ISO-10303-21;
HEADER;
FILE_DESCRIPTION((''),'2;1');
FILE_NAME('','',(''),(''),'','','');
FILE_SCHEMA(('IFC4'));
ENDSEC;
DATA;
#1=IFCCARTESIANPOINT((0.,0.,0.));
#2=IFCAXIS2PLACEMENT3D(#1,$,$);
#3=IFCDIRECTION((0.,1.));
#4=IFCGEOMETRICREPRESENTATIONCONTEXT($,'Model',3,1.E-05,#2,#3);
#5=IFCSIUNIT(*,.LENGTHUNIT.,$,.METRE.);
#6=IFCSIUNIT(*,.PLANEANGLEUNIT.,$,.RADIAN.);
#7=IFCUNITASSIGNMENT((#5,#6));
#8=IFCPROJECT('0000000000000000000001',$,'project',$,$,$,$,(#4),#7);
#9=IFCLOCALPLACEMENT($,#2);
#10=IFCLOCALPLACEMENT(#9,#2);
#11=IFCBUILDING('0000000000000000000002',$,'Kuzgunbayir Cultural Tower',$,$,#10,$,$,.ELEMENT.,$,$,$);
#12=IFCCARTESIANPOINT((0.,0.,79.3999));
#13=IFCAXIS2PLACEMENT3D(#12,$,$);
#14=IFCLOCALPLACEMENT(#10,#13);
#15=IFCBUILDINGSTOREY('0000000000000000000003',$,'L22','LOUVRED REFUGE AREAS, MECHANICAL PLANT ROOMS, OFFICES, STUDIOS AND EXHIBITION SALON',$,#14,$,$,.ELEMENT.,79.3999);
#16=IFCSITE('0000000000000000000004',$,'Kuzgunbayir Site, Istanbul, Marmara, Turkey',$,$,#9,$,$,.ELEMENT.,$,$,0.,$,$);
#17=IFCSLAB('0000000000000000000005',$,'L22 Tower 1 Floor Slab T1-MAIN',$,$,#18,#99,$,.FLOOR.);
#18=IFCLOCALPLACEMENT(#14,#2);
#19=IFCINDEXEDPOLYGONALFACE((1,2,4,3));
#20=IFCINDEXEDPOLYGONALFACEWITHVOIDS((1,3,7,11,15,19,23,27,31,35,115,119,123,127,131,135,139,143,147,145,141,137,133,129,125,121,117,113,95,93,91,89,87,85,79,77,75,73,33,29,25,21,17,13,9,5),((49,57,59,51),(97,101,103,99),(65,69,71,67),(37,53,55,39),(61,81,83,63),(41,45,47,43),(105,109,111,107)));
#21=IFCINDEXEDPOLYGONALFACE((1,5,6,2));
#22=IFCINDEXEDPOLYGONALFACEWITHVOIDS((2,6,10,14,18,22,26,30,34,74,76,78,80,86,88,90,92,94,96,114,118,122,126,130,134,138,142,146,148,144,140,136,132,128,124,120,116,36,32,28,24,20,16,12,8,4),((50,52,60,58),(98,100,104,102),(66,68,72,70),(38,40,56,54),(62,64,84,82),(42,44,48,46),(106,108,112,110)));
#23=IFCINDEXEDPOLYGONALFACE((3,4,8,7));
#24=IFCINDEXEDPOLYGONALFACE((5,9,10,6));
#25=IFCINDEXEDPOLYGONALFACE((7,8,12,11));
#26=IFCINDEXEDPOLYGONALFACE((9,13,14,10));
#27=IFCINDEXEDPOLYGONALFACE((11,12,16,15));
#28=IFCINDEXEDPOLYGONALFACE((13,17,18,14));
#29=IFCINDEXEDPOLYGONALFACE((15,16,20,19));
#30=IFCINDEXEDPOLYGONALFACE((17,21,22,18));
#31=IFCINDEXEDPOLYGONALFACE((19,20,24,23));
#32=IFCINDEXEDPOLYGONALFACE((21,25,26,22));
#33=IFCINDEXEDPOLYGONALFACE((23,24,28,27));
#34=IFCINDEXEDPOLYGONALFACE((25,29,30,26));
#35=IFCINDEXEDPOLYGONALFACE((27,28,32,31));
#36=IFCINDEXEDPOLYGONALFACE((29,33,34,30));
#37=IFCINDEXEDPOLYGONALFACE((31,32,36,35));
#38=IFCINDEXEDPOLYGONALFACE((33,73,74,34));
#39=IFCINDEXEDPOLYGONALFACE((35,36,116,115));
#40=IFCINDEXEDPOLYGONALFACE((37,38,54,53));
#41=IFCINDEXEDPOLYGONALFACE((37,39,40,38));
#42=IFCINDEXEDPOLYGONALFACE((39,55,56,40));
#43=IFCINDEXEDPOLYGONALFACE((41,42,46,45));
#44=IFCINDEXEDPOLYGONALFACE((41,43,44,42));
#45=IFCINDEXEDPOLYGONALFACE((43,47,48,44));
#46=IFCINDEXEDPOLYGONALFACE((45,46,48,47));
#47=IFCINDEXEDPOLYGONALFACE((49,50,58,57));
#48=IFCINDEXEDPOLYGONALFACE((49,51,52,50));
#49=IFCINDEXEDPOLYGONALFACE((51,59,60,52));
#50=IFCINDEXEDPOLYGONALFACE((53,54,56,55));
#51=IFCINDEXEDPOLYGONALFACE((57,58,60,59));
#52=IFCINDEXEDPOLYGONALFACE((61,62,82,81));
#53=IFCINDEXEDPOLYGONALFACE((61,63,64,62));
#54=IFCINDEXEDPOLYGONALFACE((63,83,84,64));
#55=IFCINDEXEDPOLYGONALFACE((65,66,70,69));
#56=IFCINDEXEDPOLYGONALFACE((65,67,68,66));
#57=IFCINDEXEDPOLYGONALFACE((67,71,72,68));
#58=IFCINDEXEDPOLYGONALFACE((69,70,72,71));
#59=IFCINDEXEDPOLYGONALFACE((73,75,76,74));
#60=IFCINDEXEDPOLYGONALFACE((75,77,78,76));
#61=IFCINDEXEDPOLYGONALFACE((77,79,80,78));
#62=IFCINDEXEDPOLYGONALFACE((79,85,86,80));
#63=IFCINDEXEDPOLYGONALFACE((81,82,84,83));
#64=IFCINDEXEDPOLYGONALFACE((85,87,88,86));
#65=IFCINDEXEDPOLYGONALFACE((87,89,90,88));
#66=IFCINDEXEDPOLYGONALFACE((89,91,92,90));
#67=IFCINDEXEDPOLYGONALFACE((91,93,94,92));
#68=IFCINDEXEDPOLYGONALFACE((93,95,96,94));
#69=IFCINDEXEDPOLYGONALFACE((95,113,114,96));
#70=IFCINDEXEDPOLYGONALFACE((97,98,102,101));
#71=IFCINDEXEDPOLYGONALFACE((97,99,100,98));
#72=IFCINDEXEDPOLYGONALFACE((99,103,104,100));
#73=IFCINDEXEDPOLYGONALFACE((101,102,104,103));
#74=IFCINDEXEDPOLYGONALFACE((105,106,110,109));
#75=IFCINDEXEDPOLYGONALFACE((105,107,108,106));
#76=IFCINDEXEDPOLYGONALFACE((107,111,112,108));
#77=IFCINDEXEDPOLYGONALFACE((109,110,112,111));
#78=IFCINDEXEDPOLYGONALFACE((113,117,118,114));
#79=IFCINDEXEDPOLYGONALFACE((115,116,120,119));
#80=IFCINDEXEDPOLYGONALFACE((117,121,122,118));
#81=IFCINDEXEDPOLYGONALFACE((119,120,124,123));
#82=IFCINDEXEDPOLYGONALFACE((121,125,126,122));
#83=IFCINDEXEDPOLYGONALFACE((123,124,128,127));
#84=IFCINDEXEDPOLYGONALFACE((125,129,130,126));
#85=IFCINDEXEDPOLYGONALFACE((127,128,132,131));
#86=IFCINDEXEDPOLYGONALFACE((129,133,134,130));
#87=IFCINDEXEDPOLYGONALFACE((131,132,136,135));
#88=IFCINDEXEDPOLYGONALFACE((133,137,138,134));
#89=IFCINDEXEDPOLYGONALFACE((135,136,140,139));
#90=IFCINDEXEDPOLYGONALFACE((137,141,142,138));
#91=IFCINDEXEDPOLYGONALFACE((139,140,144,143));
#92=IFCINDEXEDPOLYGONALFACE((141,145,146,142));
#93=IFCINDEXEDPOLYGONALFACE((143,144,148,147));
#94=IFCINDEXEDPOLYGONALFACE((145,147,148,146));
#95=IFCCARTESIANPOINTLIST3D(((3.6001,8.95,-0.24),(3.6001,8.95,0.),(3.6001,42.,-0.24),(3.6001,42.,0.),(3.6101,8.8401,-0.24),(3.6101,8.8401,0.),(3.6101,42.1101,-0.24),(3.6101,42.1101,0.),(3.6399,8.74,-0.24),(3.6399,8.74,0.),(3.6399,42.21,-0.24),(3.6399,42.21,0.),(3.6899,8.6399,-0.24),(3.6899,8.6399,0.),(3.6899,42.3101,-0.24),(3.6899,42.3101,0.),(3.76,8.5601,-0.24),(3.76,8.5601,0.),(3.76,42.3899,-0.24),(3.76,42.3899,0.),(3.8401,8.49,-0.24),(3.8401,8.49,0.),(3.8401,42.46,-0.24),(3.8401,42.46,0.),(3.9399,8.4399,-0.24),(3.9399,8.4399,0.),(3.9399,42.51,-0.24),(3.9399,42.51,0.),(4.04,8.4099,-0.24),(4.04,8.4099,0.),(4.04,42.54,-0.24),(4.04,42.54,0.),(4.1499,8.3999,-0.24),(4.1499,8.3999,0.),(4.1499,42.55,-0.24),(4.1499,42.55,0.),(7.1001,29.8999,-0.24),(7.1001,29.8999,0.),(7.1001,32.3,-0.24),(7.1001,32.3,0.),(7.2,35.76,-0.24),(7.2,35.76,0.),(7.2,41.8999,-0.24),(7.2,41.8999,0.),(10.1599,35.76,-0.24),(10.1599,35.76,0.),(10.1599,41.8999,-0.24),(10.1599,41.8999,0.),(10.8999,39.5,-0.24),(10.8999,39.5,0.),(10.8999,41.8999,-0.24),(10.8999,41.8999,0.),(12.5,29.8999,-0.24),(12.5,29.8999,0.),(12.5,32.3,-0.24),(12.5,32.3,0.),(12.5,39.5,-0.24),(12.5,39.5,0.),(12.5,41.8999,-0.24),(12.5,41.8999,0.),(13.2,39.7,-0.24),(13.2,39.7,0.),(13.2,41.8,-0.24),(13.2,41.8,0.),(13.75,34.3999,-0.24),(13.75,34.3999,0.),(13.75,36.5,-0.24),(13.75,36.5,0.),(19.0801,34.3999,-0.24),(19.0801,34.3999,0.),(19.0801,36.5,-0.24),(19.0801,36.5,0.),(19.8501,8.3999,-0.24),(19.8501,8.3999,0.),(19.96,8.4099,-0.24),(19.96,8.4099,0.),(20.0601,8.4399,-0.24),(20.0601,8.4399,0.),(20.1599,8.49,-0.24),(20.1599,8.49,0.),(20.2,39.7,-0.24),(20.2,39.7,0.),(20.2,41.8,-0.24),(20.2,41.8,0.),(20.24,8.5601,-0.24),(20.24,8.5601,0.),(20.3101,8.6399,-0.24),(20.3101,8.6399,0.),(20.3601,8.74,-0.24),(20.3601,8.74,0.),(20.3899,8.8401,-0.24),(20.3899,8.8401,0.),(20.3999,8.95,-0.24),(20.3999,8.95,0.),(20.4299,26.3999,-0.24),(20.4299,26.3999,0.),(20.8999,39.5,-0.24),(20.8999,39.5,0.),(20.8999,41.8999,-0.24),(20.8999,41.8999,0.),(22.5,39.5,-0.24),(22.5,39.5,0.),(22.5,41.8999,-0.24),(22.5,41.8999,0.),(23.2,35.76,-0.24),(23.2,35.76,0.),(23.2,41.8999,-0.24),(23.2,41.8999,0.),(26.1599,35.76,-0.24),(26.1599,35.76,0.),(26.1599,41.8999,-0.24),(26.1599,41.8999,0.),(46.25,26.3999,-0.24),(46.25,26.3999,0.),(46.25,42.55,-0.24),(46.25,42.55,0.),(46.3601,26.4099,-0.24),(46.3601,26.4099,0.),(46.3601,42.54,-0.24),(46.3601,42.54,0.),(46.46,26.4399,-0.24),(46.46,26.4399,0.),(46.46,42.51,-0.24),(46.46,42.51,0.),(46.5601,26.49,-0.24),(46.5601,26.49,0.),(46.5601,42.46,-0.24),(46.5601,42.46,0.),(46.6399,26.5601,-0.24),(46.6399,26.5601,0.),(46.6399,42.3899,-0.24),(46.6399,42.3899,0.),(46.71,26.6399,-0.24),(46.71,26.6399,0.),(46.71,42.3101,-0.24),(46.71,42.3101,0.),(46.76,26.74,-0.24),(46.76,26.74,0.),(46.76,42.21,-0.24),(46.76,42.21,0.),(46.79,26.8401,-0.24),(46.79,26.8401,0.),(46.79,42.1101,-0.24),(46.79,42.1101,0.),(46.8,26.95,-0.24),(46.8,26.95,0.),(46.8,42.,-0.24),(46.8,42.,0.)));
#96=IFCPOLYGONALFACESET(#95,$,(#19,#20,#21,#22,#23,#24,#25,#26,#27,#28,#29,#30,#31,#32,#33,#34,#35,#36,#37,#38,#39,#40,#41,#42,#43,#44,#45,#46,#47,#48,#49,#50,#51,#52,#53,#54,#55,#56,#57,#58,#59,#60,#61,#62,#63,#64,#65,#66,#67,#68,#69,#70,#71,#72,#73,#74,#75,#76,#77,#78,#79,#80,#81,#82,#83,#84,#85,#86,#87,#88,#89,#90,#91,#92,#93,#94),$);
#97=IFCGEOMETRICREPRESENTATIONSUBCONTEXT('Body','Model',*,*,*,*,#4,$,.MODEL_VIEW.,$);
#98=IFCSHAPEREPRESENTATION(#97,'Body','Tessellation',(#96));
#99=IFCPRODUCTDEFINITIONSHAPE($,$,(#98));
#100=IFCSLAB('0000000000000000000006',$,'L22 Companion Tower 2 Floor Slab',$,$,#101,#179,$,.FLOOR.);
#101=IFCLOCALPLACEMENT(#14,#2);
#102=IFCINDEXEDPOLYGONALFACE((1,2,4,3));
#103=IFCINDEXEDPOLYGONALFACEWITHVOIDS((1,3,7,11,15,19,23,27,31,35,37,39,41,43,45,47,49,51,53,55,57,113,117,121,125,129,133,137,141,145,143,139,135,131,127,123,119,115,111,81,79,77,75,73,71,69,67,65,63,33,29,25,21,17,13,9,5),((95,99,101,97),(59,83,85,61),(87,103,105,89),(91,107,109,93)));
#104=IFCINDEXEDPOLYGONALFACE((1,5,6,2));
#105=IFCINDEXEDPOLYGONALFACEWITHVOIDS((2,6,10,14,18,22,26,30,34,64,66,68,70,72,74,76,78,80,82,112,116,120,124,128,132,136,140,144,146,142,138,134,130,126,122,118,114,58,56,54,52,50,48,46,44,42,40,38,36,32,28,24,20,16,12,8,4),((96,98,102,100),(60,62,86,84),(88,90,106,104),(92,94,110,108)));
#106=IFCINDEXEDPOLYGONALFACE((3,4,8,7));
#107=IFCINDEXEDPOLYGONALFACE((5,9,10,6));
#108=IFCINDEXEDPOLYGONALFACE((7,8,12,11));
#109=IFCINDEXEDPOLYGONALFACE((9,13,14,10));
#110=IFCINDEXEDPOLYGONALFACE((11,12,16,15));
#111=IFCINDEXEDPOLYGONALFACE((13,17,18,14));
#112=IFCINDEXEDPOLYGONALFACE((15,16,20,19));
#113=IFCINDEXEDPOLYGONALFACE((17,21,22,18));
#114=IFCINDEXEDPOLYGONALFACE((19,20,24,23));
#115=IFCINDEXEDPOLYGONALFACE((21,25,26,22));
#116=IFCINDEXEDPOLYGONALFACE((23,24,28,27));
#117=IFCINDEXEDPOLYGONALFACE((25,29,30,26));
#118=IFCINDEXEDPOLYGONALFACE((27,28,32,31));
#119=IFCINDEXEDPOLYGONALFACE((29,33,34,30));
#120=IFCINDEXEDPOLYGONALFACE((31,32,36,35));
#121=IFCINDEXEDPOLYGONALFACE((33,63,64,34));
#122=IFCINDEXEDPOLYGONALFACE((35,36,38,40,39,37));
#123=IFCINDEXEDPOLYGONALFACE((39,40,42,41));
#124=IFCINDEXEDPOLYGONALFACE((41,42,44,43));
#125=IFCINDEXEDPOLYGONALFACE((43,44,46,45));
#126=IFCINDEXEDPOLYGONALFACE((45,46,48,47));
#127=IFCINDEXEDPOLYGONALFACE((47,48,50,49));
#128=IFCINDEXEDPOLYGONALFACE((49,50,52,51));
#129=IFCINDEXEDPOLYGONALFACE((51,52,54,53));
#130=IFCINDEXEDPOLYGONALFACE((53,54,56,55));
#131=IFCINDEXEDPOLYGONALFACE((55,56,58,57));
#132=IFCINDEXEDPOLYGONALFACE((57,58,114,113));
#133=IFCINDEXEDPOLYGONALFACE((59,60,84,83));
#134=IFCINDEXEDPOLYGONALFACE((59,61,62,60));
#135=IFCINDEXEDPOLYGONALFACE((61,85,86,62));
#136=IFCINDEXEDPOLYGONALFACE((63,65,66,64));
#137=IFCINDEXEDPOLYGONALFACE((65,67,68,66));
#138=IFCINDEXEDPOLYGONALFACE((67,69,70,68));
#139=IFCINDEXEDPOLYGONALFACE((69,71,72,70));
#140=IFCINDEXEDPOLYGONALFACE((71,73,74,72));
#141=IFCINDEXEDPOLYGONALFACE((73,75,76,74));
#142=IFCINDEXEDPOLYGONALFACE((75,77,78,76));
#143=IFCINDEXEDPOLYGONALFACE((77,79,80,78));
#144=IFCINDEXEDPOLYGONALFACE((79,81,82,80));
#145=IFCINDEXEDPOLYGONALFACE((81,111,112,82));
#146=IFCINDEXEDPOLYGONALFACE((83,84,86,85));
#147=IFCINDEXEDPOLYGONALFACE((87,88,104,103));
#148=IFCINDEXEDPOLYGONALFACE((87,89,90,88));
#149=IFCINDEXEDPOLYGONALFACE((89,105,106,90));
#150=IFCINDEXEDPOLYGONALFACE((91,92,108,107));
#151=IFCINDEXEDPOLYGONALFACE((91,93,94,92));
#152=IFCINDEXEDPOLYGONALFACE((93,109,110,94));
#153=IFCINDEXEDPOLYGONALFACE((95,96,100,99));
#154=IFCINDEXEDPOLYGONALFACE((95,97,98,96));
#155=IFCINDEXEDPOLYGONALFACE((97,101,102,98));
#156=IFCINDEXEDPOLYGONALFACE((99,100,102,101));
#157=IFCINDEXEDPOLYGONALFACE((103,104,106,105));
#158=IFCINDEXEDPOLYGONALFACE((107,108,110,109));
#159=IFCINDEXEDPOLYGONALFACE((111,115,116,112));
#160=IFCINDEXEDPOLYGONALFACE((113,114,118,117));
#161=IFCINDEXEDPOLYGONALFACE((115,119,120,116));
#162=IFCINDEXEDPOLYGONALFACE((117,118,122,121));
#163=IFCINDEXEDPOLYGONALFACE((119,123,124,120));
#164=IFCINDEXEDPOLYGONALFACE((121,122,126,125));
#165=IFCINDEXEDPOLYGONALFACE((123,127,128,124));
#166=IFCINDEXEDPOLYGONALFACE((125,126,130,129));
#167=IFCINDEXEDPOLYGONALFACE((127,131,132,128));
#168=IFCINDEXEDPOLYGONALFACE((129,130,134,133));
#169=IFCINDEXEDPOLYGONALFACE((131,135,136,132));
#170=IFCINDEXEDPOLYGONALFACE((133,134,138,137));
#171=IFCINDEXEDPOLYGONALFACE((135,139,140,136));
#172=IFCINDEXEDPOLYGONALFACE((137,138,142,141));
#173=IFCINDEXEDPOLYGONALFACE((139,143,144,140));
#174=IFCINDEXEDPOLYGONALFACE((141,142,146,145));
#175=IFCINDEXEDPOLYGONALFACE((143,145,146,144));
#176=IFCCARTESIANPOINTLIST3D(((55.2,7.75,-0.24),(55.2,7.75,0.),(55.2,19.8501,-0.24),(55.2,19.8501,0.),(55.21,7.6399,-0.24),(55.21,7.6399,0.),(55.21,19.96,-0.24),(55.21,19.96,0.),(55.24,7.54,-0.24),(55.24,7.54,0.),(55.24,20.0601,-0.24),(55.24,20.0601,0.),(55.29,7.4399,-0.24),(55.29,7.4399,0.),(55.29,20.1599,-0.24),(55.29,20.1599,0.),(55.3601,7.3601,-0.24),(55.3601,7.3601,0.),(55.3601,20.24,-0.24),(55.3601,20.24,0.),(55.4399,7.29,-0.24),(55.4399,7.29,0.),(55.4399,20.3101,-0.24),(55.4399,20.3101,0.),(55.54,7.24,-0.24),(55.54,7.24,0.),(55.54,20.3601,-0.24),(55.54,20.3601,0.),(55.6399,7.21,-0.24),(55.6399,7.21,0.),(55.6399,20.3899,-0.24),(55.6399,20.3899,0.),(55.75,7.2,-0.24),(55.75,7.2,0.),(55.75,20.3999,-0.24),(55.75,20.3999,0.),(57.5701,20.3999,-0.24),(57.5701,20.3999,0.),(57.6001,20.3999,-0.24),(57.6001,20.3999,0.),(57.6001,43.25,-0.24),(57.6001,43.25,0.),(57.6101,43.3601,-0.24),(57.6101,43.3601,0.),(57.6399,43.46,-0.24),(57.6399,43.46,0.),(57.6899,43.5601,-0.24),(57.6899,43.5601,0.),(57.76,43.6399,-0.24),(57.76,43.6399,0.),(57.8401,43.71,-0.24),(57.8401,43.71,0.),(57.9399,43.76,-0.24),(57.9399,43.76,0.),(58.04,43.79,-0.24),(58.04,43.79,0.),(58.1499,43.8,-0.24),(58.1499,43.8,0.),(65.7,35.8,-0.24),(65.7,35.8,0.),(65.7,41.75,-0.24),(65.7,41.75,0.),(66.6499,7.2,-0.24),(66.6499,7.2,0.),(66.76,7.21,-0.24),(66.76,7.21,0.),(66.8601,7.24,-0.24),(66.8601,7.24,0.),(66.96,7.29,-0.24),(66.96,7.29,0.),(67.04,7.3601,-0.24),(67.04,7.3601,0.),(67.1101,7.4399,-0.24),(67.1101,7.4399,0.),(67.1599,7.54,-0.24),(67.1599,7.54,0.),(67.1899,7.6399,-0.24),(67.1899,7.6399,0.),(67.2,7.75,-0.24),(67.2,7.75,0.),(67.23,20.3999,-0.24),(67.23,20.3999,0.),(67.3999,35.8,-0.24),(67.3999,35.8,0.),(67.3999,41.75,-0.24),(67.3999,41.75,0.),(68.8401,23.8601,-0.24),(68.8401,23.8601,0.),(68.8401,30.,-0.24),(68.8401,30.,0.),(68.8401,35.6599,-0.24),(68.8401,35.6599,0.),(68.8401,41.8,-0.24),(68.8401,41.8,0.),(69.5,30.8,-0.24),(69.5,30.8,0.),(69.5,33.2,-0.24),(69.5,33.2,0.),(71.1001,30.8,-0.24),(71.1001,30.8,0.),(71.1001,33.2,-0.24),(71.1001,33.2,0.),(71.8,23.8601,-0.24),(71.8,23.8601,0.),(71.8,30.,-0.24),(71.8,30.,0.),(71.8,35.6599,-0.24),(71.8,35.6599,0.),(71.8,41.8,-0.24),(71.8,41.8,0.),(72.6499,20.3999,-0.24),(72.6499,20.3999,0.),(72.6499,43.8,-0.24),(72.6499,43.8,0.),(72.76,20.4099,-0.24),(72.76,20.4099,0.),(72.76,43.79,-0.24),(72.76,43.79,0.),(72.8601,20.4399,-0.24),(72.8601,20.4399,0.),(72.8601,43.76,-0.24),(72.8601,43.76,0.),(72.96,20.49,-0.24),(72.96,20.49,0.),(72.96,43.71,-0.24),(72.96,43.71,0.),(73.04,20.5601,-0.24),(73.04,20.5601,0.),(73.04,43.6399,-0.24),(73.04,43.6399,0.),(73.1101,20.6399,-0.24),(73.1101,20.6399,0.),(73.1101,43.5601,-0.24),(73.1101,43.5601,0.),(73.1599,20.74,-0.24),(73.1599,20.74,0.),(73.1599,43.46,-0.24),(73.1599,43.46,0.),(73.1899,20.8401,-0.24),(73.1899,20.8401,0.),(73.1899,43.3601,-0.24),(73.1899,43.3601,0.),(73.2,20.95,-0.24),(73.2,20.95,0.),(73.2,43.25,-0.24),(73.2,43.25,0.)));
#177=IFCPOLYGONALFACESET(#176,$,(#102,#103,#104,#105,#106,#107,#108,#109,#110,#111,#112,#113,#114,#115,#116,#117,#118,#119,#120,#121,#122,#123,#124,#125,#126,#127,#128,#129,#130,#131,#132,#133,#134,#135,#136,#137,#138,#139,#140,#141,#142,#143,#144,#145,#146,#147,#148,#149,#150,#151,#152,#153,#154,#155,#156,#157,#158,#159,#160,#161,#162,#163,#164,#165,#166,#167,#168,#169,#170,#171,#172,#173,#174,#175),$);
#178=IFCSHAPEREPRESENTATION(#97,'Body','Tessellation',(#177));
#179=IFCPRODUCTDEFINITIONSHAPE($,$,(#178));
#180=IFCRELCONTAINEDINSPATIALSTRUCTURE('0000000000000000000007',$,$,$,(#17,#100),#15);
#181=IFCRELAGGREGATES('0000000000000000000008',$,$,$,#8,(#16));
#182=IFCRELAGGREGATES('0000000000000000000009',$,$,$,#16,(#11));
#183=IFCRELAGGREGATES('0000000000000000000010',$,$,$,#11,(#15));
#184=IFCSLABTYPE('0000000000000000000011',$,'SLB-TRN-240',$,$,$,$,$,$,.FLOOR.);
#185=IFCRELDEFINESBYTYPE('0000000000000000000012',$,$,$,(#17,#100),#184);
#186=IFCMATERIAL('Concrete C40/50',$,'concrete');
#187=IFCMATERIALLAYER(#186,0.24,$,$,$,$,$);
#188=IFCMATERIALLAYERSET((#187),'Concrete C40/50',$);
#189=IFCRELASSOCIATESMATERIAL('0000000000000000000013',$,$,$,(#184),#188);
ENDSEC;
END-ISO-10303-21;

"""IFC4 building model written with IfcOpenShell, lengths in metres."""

from ifc_helpers import new_model, si_unit, direction, frame, origin, place, context, subcontext, project, spatial, polyline, outline, extrude, material, layer, layer_set, type_object, element, save


model = new_model("IFC4")

# Units and contexts
model_context = context("Model", 3, precision=1e-05, world=origin(), true_north=direction((0.0, 1.0)))
body_context = subcontext(model_context, "Body", "Model", "MODEL_VIEW")
ifc_project = project(units=[si_unit("LENGTHUNIT", "METRE"), si_unit("PLANEANGLEUNIT", "RADIAN")], contexts=[model_context])

# Site, building, storey
site_placement = place(None, origin())
site = spatial("IfcSite", under=ifc_project, at=site_placement, Name="Kuzgunbayir Site, Istanbul, Marmara, Turkey", CompositionType="ELEMENT", RefElevation=0.0)
building_placement = place(site_placement, origin())
building = spatial("IfcBuilding", under=site, at=building_placement, Name="Kuzgunbayir Cultural Tower", CompositionType="ELEMENT")
storey_placement = place(building_placement, frame((0.0, 0.0, 79.3999)))
storey = spatial("IfcBuildingStorey", under=building, at=storey_placement, Name="L22", Description="LOUVRED REFUGE AREAS, MECHANICAL PLANT ROOMS, OFFICES, STUDIOS AND EXHIBITION SALON", CompositionType="ELEMENT", Elevation=79.3999)

# Shared definitions
ifc_material_1 = material(Name="Concrete C40/50", Category="concrete")

# Slabs
ifc_layer_1 = layer(ifc_material_1, 0.24)
ifc_layer_set_1 = layer_set([ifc_layer_1], Name="Concrete C40/50")
slab_type_1 = type_object("IfcSlabType", Name="SLB-TRN-240", PredefinedType="FLOOR", material=ifc_layer_set_1)
slab_1_placement = place(storey_placement, frame((0.0, 0.0, -0.24)))
element("IfcSlab", 1, at=slab_1_placement, inside=storey, type_object=slab_type_1, Name="L22 Tower 1 Floor Slab T1-MAIN", PredefinedType="FLOOR", context=body_context, shape_type="SweptSolid", body=[
    extrude(outline(polyline([(20.3999, 8.95), (20.3899, 8.8401), (20.3601, 8.74), (20.3101, 8.6399), (20.24, 8.5601), (20.1599, 8.49), (20.0601, 8.4399), (19.96, 8.4099), (19.8501, 8.3999), (4.1499, 8.3999), (4.04, 8.4099), (3.9399, 8.4399), (3.8401, 8.49), (3.76, 8.5601), (3.6899, 8.6399), (3.6399, 8.74), (3.6101, 8.8401), (3.6001, 8.95), (3.6001, 42.0), (3.6101, 42.1101), (3.6399, 42.21), (3.6899, 42.3101), (3.76, 42.3899), (3.8401, 42.46), (3.9399, 42.51), (4.04, 42.54), (4.1499, 42.55), (46.25, 42.55), (46.3601, 42.54), (46.46, 42.51), (46.5601, 42.46), (46.6399, 42.3899), (46.71, 42.3101), (46.76, 42.21), (46.79, 42.1101), (46.8, 42.0), (46.8, 26.95), (46.79, 26.8401), (46.76, 26.74), (46.71, 26.6399), (46.6399, 26.5601), (46.5601, 26.49), (46.46, 26.4399), (46.3601, 26.4099), (46.25, 26.3999), (20.4299, 26.3999), (20.3999, 8.95)]), holes=[polyline([(7.2, 35.76), (7.2, 41.8999), (10.1599, 41.8999), (10.1599, 35.76), (7.2, 35.76)]), polyline([(23.2, 35.76), (23.2, 41.8999), (26.1599, 41.8999), (26.1599, 35.76), (23.2, 35.76)]), polyline([(13.2, 39.7), (13.2, 41.8), (20.2, 41.8), (20.2, 39.7), (13.2, 39.7)]), polyline([(13.75, 34.3999), (13.75, 36.5), (19.0801, 36.5), (19.0801, 34.3999), (13.75, 34.3999)]), polyline([(7.1001, 29.8999), (7.1001, 32.3), (12.5, 32.3), (12.5, 29.8999), (7.1001, 29.8999)]), polyline([(10.8999, 39.5), (10.8999, 41.8999), (12.5, 41.8999), (12.5, 39.5), (10.8999, 39.5)]), polyline([(20.8999, 39.5), (20.8999, 41.8999), (22.5, 41.8999), (22.5, 39.5), (20.8999, 39.5)])]), origin(), (0.0, 0.0, 1.0), 0.24),
])
slab_2_placement = place(storey_placement, frame((0.0, 0.0, -0.24)))
element("IfcSlab", 2, at=slab_2_placement, inside=storey, type_object=slab_type_1, Name="L22 Companion Tower 2 Floor Slab", PredefinedType="FLOOR", context=body_context, shape_type="SweptSolid", body=[
    extrude(outline(polyline([(57.6001, 20.3999), (57.6001, 43.25), (57.6101, 43.3601), (57.6399, 43.46), (57.6899, 43.5601), (57.76, 43.6399), (57.8401, 43.71), (57.9399, 43.76), (58.04, 43.79), (58.1499, 43.8), (72.6499, 43.8), (72.76, 43.79), (72.8601, 43.76), (72.96, 43.71), (73.04, 43.6399), (73.1101, 43.5601), (73.1599, 43.46), (73.1899, 43.3601), (73.2, 43.25), (73.2, 20.95), (73.1899, 20.8401), (73.1599, 20.74), (73.1101, 20.6399), (73.04, 20.5601), (72.96, 20.49), (72.8601, 20.4399), (72.76, 20.4099), (72.6499, 20.3999), (67.23, 20.3999), (67.2, 7.75), (67.1899, 7.6399), (67.1599, 7.54), (67.1101, 7.4399), (67.04, 7.3601), (66.96, 7.29), (66.8601, 7.24), (66.76, 7.21), (66.6499, 7.2), (55.75, 7.2), (55.6399, 7.21), (55.54, 7.24), (55.4399, 7.29), (55.3601, 7.3601), (55.29, 7.4399), (55.24, 7.54), (55.21, 7.6399), (55.2, 7.75), (55.2, 19.8501), (55.21, 19.96), (55.24, 20.0601), (55.29, 20.1599), (55.3601, 20.24), (55.4399, 20.3101), (55.54, 20.3601), (55.6399, 20.3899), (55.75, 20.3999), (57.5701, 20.3999), (57.6001, 20.3999)]), holes=[polyline([(68.8401, 23.8601), (68.8401, 30.0), (71.8, 30.0), (71.8, 23.8601), (68.8401, 23.8601)]), polyline([(68.8401, 35.6599), (68.8401, 41.8), (71.8, 41.8), (71.8, 35.6599), (68.8401, 35.6599)]), polyline([(65.7, 35.8), (65.7, 41.75), (67.3999, 41.75), (67.3999, 35.8), (65.7, 35.8)]), polyline([(69.5, 30.8), (69.5, 33.2), (71.1001, 33.2), (71.1001, 30.8), (69.5, 30.8)])]), origin(), (0.0, 0.0, 1.0), 0.24),
])

save(model, "model.ifc")
